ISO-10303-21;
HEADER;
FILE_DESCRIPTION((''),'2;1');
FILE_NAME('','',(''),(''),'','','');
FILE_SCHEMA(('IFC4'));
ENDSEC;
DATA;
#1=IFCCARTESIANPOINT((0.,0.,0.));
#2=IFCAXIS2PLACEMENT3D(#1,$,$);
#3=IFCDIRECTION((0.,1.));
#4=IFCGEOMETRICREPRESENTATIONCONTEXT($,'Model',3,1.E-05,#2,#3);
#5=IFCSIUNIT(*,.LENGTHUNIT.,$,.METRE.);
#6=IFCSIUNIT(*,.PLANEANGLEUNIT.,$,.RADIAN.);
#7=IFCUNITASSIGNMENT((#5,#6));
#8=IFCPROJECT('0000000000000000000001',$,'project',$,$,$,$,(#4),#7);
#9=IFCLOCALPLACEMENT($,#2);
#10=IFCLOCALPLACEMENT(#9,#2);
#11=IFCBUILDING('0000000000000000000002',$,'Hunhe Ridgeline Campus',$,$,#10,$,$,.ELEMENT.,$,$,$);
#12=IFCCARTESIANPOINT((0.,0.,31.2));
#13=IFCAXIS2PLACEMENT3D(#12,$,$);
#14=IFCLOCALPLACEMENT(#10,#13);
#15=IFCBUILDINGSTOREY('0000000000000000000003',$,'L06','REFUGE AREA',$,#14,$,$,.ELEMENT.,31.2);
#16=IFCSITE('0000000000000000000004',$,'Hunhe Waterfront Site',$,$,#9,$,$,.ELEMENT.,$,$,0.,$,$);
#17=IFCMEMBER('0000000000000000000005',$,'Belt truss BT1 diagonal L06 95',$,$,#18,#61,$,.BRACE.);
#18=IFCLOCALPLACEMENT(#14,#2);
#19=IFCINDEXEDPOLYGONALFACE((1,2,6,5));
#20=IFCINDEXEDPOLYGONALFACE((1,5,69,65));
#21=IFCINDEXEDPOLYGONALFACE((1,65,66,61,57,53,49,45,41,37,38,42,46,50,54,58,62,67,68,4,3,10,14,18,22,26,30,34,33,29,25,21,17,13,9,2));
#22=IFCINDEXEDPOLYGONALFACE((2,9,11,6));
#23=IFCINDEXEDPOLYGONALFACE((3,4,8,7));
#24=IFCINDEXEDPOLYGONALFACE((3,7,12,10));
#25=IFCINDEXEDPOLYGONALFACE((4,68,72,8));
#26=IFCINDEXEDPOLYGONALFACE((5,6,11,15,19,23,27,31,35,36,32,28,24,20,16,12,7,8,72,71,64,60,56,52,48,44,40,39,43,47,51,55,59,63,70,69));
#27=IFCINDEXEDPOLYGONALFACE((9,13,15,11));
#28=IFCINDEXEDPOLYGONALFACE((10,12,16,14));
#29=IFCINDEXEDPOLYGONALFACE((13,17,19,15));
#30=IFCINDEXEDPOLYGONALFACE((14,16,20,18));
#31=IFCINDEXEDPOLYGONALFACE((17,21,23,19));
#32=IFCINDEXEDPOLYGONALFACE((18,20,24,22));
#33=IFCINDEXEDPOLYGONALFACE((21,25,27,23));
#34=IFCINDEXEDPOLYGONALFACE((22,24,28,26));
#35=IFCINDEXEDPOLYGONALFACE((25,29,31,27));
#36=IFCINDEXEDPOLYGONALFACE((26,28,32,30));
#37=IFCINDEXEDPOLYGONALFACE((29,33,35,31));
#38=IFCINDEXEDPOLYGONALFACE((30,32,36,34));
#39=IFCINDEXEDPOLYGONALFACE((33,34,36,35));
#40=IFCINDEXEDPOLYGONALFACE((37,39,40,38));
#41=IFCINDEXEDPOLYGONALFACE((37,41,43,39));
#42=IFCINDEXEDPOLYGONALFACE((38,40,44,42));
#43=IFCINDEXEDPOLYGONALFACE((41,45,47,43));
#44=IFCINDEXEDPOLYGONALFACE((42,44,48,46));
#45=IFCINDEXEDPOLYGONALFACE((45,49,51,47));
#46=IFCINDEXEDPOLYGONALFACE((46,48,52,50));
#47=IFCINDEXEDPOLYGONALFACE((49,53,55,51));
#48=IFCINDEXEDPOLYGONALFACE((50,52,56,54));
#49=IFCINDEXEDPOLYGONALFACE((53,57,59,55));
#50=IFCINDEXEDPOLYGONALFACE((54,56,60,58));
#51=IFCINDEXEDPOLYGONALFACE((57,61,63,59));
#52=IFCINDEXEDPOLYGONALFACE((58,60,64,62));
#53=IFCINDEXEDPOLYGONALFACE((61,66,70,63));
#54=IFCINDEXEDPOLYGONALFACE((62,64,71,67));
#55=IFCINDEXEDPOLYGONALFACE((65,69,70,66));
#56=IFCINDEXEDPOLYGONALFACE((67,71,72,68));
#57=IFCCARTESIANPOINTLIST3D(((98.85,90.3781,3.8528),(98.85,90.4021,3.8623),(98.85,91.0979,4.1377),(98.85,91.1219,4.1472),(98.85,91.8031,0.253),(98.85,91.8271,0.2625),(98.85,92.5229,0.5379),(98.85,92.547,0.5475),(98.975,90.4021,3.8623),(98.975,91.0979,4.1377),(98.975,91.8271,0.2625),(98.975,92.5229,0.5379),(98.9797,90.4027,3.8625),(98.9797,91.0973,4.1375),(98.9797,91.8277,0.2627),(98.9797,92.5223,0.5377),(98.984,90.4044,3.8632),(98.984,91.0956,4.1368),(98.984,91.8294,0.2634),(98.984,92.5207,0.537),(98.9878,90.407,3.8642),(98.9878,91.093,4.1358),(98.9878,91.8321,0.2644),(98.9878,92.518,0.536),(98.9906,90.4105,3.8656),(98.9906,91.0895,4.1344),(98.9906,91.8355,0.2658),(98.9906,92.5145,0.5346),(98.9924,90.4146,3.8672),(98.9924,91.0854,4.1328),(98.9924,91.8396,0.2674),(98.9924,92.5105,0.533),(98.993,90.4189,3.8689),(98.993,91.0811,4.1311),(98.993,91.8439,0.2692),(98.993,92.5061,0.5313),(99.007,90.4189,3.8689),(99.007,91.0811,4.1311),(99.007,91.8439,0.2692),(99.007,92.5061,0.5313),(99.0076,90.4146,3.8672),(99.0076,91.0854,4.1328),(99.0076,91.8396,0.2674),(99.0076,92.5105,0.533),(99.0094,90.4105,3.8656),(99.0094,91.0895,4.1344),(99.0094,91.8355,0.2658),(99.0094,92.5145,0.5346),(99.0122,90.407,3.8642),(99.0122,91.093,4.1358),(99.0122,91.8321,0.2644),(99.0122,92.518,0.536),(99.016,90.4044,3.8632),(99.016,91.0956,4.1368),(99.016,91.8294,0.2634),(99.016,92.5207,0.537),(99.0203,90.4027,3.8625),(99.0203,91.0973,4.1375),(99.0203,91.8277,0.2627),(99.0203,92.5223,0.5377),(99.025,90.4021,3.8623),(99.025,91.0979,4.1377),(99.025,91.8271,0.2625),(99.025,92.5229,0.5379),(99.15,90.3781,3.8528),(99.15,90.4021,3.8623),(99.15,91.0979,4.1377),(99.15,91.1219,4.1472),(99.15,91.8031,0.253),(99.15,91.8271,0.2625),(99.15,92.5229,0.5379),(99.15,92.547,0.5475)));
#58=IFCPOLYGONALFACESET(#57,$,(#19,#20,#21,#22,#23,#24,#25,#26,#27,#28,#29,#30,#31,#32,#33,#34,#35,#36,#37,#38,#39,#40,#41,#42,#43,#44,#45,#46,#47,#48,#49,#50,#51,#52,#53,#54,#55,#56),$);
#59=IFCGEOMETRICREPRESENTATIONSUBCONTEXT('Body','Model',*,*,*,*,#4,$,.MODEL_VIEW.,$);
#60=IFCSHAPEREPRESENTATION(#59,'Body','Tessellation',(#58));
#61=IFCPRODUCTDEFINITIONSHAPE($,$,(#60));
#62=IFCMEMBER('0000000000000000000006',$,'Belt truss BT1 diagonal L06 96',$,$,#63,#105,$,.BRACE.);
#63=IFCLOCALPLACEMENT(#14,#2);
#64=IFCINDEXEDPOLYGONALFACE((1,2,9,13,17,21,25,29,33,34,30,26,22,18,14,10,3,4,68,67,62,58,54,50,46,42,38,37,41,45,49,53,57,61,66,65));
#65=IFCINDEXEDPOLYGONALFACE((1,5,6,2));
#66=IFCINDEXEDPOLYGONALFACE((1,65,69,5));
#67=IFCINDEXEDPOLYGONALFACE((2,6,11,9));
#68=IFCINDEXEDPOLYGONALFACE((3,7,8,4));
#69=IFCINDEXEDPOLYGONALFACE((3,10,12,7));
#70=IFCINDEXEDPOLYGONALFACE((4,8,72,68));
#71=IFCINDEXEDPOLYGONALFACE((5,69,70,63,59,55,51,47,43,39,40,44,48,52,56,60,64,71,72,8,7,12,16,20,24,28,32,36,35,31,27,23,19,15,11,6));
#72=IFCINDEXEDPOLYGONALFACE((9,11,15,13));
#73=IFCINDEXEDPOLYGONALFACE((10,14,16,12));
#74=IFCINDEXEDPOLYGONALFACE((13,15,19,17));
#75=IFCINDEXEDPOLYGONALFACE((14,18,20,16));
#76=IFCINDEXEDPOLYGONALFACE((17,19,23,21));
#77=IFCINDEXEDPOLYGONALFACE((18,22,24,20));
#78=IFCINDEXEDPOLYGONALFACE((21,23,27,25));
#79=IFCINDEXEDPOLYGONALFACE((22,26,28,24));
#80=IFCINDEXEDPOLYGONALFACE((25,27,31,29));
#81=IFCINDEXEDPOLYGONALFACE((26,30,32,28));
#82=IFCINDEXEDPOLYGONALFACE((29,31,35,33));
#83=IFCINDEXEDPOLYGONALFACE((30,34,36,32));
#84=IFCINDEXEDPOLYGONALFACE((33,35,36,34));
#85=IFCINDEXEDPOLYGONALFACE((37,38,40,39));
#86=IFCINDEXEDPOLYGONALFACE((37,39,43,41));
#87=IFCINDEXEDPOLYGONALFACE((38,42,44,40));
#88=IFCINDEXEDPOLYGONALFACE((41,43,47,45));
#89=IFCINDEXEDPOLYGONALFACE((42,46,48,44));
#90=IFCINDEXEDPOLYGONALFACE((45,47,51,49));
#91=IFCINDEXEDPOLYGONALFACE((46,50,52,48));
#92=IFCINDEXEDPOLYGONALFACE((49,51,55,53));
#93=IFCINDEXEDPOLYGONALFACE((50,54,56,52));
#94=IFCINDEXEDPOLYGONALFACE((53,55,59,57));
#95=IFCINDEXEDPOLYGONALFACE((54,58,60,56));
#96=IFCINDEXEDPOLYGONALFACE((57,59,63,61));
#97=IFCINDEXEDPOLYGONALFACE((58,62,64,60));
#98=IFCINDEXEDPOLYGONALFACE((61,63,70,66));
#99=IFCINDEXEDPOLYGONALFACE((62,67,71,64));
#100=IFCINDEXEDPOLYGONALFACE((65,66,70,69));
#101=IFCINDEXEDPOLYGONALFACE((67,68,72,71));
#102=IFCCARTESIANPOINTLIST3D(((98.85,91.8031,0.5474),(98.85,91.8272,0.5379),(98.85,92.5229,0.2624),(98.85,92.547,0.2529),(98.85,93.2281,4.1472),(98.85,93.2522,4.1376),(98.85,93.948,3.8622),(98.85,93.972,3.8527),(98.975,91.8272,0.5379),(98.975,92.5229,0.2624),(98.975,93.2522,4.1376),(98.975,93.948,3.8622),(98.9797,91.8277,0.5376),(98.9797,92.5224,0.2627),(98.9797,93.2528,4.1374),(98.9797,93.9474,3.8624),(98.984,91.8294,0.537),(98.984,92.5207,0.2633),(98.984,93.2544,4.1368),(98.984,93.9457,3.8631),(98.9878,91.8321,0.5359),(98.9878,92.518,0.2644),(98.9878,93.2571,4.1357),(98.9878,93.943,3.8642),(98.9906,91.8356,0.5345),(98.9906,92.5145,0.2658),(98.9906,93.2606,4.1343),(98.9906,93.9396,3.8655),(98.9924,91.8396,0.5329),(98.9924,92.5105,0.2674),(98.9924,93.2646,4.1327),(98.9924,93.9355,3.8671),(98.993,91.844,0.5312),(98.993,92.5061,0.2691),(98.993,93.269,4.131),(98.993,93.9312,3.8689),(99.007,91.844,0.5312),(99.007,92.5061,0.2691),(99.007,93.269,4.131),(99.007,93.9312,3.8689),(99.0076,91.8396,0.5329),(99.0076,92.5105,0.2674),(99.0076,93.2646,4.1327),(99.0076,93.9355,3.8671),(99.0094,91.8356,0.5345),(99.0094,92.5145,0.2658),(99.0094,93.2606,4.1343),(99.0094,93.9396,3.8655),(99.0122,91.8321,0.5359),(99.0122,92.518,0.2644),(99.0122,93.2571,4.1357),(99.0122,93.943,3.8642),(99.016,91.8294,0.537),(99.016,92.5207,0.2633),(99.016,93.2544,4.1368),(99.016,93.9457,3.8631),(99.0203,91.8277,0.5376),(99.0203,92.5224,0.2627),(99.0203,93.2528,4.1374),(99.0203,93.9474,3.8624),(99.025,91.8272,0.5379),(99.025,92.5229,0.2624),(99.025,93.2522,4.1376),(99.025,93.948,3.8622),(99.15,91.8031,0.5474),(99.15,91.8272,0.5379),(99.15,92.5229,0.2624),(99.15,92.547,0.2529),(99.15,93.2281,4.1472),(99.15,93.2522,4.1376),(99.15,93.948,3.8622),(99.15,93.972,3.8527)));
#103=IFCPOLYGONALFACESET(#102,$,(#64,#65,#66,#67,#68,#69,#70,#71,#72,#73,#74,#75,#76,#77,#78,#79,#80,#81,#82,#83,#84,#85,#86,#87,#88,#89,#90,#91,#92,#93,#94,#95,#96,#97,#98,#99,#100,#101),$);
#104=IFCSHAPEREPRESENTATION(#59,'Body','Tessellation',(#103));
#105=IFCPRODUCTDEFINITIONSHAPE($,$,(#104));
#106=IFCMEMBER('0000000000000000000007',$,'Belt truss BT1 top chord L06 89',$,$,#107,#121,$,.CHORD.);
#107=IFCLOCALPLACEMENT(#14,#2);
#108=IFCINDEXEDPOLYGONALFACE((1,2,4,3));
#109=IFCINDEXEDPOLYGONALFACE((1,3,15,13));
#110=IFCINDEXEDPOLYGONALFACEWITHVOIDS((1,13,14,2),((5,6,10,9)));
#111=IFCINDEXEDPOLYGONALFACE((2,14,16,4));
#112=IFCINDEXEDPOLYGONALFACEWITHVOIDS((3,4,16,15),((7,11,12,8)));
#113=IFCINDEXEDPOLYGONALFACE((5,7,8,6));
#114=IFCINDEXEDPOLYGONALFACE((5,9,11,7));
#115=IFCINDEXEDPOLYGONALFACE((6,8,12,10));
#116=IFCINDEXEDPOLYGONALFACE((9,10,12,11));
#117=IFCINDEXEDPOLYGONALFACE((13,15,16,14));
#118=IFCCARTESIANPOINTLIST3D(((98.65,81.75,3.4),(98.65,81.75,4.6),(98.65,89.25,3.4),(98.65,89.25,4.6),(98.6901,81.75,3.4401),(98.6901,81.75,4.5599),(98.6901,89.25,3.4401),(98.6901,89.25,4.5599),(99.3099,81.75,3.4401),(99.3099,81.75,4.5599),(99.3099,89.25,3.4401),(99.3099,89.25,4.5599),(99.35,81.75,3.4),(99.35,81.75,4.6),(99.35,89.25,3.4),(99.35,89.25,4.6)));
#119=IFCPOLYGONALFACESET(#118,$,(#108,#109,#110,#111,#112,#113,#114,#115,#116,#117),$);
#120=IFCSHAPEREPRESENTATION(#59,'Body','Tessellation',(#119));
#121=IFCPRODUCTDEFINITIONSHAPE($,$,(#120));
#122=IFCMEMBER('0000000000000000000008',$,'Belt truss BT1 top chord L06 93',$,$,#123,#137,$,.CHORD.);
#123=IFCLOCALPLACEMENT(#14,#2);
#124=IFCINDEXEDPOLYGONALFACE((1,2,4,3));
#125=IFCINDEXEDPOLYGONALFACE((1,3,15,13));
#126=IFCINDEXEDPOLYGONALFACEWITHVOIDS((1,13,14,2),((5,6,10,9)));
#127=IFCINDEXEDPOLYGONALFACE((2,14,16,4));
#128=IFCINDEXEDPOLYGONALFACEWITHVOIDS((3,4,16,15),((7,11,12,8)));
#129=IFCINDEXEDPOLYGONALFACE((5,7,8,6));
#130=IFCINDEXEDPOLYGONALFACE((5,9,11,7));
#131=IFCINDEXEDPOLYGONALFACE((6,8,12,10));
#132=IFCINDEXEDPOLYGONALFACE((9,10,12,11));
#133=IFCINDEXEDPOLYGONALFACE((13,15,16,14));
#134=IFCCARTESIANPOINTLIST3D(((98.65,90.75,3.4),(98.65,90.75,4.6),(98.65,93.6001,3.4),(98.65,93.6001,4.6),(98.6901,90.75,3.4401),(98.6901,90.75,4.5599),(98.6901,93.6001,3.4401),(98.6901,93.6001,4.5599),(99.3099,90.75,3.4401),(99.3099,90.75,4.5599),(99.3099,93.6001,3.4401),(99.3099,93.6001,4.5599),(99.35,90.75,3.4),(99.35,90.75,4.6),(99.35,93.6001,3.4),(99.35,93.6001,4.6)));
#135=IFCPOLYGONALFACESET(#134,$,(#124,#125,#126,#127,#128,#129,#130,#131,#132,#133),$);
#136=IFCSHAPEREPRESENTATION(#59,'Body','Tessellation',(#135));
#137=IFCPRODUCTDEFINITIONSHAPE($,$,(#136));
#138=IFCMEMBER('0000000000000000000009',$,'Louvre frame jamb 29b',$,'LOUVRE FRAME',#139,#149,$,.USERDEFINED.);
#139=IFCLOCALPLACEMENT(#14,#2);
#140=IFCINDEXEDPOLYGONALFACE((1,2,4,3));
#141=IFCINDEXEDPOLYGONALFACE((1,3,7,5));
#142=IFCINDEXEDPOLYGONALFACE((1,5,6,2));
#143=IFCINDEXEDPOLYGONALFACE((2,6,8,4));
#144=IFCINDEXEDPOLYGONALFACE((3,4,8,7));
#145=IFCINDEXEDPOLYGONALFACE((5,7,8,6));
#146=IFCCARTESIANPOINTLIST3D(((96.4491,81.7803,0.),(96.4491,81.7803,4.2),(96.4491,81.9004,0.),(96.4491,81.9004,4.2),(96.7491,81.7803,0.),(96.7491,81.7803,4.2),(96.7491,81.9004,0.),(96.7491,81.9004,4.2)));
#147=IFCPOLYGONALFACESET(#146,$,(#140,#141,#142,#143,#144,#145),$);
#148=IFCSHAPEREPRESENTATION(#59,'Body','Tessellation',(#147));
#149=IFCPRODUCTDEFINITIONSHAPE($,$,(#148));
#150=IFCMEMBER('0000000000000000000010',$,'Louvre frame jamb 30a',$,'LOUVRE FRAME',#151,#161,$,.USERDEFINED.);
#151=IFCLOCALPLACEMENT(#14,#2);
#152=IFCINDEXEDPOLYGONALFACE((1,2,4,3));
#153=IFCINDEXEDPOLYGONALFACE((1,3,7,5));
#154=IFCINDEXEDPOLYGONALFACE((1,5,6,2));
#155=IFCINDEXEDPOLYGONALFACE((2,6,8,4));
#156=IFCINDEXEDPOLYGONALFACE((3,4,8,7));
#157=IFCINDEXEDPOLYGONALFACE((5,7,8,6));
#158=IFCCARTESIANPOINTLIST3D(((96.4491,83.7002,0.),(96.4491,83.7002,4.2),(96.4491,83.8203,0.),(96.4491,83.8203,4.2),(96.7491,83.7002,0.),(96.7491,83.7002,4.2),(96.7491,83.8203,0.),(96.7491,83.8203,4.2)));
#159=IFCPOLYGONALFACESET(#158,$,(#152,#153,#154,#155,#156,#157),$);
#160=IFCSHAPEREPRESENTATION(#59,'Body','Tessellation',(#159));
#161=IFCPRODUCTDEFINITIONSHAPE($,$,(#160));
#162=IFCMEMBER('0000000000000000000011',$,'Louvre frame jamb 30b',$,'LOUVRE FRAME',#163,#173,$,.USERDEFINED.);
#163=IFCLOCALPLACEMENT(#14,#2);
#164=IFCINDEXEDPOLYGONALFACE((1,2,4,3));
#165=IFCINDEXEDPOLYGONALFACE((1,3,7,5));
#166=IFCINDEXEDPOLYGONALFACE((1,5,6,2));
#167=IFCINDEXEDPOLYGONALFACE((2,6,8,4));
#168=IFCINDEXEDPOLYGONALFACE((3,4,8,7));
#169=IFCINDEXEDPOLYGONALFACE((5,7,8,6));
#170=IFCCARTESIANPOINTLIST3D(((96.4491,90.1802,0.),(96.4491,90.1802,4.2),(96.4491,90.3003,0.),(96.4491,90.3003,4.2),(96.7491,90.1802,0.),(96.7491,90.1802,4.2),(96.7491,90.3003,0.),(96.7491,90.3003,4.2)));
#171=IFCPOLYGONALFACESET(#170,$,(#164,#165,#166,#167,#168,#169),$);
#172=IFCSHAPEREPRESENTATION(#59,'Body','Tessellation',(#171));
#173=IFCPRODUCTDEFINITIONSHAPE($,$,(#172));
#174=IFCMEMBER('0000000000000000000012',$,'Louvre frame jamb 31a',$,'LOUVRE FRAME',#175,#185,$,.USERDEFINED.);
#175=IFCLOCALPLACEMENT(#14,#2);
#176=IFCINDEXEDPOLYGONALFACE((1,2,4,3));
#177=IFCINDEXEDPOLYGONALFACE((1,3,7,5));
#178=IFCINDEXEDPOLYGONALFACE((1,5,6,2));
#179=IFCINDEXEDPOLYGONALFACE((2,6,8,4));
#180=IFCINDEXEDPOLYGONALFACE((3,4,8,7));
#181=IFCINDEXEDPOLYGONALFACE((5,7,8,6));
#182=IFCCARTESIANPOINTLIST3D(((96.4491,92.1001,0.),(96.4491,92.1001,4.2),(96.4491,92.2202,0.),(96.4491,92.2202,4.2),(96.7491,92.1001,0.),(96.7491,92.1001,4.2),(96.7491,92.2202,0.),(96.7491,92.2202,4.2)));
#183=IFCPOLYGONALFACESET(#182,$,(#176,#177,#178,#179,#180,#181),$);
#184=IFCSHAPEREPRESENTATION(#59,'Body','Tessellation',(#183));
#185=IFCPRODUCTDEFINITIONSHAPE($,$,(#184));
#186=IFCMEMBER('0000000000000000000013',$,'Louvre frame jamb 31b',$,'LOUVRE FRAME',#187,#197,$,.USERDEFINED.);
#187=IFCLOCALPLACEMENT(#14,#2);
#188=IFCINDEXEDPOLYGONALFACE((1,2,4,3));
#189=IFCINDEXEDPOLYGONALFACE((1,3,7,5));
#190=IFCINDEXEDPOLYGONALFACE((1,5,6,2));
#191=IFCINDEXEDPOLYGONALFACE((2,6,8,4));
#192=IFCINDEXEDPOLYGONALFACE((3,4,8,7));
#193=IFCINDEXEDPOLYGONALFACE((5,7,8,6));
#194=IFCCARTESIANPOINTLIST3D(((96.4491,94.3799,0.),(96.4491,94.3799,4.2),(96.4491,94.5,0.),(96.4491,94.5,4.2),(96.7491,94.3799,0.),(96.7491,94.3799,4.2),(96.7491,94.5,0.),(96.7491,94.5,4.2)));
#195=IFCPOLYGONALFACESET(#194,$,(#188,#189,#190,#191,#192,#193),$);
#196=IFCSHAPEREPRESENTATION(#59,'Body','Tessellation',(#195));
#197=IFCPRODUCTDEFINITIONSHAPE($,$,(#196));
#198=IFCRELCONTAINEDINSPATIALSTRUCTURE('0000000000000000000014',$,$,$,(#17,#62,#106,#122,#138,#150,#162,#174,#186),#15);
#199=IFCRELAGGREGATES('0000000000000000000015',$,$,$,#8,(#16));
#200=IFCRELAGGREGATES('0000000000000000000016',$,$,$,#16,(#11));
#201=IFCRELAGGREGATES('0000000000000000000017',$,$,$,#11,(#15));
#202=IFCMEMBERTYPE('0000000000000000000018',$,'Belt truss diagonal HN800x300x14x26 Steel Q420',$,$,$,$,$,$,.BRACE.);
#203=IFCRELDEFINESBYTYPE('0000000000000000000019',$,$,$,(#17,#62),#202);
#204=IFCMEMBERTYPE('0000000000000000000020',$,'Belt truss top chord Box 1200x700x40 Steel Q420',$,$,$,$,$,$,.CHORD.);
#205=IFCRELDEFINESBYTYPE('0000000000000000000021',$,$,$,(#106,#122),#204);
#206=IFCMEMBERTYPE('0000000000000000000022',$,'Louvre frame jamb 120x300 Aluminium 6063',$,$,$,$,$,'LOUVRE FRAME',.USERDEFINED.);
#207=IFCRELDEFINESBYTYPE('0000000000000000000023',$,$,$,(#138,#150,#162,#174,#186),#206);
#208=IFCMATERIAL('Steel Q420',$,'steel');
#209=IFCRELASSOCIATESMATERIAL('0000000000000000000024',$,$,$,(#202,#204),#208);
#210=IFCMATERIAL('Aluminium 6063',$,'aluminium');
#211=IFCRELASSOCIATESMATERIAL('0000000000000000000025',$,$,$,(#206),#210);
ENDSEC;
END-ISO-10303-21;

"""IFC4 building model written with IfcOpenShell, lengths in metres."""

from ifc_helpers import new_model, si_unit, direction, frame, origin, origin_2d, place, context, subcontext, project, spatial, rectangle, hollow_rectangle, i_section, extrude, material, material_profile, profile_set, type_object, element, save


model = new_model("IFC4")

# Units and contexts
model_context = context("Model", 3, precision=1e-05, world=origin(), true_north=direction((0.0, 1.0)))
body_context = subcontext(model_context, "Body", "Model", "MODEL_VIEW")
ifc_project = project(units=[si_unit("LENGTHUNIT", "METRE"), si_unit("PLANEANGLEUNIT", "RADIAN")], contexts=[model_context])

# Site, building, storey
site_placement = place(None, origin())
site = spatial("IfcSite", under=ifc_project, at=site_placement, Name="Hunhe Waterfront Site", CompositionType="ELEMENT", RefElevation=0.0)
building_placement = place(site_placement, origin())
building = spatial("IfcBuilding", under=site, at=building_placement, Name="Hunhe Ridgeline Campus", CompositionType="ELEMENT")
storey_placement = place(building_placement, frame((0.0, 0.0, 31.2)))
storey = spatial("IfcBuildingStorey", under=building, at=storey_placement, Name="L06", Description="REFUGE AREA", CompositionType="ELEMENT", Elevation=31.2)

# Members
ifc_material_1 = material(Name="Steel Q420", Category="steel")
ifc_material_profile_1 = material_profile(ifc_material_1, i_section(OverallWidth=0.3, OverallDepth=0.8, WebThickness=0.0139, FlangeThickness=0.0259, FilletRadius=0.0181, at=origin_2d()))
ifc_profile_set_1 = profile_set([ifc_material_profile_1], Name="Steel Q420")
member_type_1 = type_object("IfcMemberType", Name="Belt truss diagonal HN800x300x14x26 Steel Q420", PredefinedType="BRACE", material=ifc_profile_set_1)
for number, where, z_axis, x_axis, name in (
    (1, (99.0, 90.75, 4.0), (0.0, 0.368072, -0.929797), (-1.0, 0.0, 0.0), "Belt truss BT1 diagonal L06 95"),
    (2, (99.0, 92.175, 0.4001), (0.0, 0.368072, 0.929797), (-1.0, 0.0, 0.0), "Belt truss BT1 diagonal L06 96"),
):
    element("IfcMember", number, at=place(storey_placement, frame(where, z_axis=z_axis, x_axis=x_axis)), inside=storey, type_object=member_type_1, Name=name, PredefinedType="BRACE", context=body_context, shape_type="SweptSolid", body=[
        extrude(i_section(OverallWidth=0.3, OverallDepth=0.8, WebThickness=0.0139, FlangeThickness=0.0259, FilletRadius=0.0181, at=origin_2d()), origin(), (0.0, 0.0, 1.0), 3.8716),
    ])
ifc_material_profile_2 = material_profile(ifc_material_1, hollow_rectangle(XDim=0.7, YDim=1.2, WallThickness=0.04, at=origin_2d()))
ifc_profile_set_2 = profile_set([ifc_material_profile_2], Name="Steel Q420")
member_type_2 = type_object("IfcMemberType", Name="Belt truss top chord Box 1200x700x40 Steel Q420", PredefinedType="CHORD", material=ifc_profile_set_2)
member_1_placement = place(storey_placement, frame((99.0, 81.75, 4.0), z_axis=(0.0, 1.0, 0.0), x_axis=(-1.0, 0.0, 0.0)))
element("IfcMember", 3, at=member_1_placement, inside=storey, type_object=member_type_2, Name="Belt truss BT1 top chord L06 89", PredefinedType="CHORD", context=body_context, shape_type="SweptSolid", body=[
    extrude(hollow_rectangle(XDim=0.7, YDim=1.2, WallThickness=0.04, at=origin_2d()), origin(), (0.0, 0.0, 1.0), 7.5),
])
member_2_placement = place(storey_placement, frame((99.0, 90.75, 4.0), z_axis=(0.0, 1.0, 0.0), x_axis=(-1.0, 0.0, 0.0)))
element("IfcMember", 4, at=member_2_placement, inside=storey, type_object=member_type_2, Name="Belt truss BT1 top chord L06 93", PredefinedType="CHORD", context=body_context, shape_type="SweptSolid", body=[
    extrude(hollow_rectangle(XDim=0.7, YDim=1.2, WallThickness=0.04, at=origin_2d()), origin(), (0.0, 0.0, 1.0), 2.8501),
])
ifc_material_2 = material(Name="Aluminium 6063", Category="aluminium")
ifc_material_profile_3 = material_profile(ifc_material_2, rectangle(XDim=0.3, YDim=0.1201, at=origin_2d()))
ifc_profile_set_3 = profile_set([ifc_material_profile_3], Name="Aluminium 6063")
member_type_3 = type_object("IfcMemberType", Name="Louvre frame jamb 120x300 Aluminium 6063", ElementType="LOUVRE FRAME", PredefinedType="USERDEFINED", material=ifc_profile_set_3)
for number, where, z_axis, x_axis, name in (
    (5, (96.5991, 81.8403, 0.0), (0.0, 0.0, 1.0), (-1.0, 0.0, 0.0), "Louvre frame jamb 29b"),
    (6, (96.5991, 83.7603, 0.0), (0.0, 0.0, 1.0), (-1.0, 0.0, 0.0), "Louvre frame jamb 30a"),
    (7, (96.5991, 90.2402, 0.0), (0.0, 0.0, 1.0), (-1.0, 0.0, 0.0), "Louvre frame jamb 30b"),
    (8, (96.5991, 92.1602, 0.0), (0.0, 0.0, 1.0), (-1.0, 0.0, 0.0), "Louvre frame jamb 31a"),
    (9, (96.5991, 94.4399, 0.0), (0.0, 0.0, 1.0), (-1.0, 0.0, 0.0), "Louvre frame jamb 31b"),
):
    element("IfcMember", number, at=place(storey_placement, frame(where, z_axis=z_axis, x_axis=x_axis)), inside=storey, type_object=member_type_3, Name=name, ObjectType="LOUVRE FRAME", PredefinedType="USERDEFINED", context=body_context, shape_type="SweptSolid", body=[
        extrude(rectangle(XDim=0.3, YDim=0.1201, at=origin_2d()), origin(), (0.0, 0.0, 1.0), 4.2),
    ])

save(model, "model.ifc")
